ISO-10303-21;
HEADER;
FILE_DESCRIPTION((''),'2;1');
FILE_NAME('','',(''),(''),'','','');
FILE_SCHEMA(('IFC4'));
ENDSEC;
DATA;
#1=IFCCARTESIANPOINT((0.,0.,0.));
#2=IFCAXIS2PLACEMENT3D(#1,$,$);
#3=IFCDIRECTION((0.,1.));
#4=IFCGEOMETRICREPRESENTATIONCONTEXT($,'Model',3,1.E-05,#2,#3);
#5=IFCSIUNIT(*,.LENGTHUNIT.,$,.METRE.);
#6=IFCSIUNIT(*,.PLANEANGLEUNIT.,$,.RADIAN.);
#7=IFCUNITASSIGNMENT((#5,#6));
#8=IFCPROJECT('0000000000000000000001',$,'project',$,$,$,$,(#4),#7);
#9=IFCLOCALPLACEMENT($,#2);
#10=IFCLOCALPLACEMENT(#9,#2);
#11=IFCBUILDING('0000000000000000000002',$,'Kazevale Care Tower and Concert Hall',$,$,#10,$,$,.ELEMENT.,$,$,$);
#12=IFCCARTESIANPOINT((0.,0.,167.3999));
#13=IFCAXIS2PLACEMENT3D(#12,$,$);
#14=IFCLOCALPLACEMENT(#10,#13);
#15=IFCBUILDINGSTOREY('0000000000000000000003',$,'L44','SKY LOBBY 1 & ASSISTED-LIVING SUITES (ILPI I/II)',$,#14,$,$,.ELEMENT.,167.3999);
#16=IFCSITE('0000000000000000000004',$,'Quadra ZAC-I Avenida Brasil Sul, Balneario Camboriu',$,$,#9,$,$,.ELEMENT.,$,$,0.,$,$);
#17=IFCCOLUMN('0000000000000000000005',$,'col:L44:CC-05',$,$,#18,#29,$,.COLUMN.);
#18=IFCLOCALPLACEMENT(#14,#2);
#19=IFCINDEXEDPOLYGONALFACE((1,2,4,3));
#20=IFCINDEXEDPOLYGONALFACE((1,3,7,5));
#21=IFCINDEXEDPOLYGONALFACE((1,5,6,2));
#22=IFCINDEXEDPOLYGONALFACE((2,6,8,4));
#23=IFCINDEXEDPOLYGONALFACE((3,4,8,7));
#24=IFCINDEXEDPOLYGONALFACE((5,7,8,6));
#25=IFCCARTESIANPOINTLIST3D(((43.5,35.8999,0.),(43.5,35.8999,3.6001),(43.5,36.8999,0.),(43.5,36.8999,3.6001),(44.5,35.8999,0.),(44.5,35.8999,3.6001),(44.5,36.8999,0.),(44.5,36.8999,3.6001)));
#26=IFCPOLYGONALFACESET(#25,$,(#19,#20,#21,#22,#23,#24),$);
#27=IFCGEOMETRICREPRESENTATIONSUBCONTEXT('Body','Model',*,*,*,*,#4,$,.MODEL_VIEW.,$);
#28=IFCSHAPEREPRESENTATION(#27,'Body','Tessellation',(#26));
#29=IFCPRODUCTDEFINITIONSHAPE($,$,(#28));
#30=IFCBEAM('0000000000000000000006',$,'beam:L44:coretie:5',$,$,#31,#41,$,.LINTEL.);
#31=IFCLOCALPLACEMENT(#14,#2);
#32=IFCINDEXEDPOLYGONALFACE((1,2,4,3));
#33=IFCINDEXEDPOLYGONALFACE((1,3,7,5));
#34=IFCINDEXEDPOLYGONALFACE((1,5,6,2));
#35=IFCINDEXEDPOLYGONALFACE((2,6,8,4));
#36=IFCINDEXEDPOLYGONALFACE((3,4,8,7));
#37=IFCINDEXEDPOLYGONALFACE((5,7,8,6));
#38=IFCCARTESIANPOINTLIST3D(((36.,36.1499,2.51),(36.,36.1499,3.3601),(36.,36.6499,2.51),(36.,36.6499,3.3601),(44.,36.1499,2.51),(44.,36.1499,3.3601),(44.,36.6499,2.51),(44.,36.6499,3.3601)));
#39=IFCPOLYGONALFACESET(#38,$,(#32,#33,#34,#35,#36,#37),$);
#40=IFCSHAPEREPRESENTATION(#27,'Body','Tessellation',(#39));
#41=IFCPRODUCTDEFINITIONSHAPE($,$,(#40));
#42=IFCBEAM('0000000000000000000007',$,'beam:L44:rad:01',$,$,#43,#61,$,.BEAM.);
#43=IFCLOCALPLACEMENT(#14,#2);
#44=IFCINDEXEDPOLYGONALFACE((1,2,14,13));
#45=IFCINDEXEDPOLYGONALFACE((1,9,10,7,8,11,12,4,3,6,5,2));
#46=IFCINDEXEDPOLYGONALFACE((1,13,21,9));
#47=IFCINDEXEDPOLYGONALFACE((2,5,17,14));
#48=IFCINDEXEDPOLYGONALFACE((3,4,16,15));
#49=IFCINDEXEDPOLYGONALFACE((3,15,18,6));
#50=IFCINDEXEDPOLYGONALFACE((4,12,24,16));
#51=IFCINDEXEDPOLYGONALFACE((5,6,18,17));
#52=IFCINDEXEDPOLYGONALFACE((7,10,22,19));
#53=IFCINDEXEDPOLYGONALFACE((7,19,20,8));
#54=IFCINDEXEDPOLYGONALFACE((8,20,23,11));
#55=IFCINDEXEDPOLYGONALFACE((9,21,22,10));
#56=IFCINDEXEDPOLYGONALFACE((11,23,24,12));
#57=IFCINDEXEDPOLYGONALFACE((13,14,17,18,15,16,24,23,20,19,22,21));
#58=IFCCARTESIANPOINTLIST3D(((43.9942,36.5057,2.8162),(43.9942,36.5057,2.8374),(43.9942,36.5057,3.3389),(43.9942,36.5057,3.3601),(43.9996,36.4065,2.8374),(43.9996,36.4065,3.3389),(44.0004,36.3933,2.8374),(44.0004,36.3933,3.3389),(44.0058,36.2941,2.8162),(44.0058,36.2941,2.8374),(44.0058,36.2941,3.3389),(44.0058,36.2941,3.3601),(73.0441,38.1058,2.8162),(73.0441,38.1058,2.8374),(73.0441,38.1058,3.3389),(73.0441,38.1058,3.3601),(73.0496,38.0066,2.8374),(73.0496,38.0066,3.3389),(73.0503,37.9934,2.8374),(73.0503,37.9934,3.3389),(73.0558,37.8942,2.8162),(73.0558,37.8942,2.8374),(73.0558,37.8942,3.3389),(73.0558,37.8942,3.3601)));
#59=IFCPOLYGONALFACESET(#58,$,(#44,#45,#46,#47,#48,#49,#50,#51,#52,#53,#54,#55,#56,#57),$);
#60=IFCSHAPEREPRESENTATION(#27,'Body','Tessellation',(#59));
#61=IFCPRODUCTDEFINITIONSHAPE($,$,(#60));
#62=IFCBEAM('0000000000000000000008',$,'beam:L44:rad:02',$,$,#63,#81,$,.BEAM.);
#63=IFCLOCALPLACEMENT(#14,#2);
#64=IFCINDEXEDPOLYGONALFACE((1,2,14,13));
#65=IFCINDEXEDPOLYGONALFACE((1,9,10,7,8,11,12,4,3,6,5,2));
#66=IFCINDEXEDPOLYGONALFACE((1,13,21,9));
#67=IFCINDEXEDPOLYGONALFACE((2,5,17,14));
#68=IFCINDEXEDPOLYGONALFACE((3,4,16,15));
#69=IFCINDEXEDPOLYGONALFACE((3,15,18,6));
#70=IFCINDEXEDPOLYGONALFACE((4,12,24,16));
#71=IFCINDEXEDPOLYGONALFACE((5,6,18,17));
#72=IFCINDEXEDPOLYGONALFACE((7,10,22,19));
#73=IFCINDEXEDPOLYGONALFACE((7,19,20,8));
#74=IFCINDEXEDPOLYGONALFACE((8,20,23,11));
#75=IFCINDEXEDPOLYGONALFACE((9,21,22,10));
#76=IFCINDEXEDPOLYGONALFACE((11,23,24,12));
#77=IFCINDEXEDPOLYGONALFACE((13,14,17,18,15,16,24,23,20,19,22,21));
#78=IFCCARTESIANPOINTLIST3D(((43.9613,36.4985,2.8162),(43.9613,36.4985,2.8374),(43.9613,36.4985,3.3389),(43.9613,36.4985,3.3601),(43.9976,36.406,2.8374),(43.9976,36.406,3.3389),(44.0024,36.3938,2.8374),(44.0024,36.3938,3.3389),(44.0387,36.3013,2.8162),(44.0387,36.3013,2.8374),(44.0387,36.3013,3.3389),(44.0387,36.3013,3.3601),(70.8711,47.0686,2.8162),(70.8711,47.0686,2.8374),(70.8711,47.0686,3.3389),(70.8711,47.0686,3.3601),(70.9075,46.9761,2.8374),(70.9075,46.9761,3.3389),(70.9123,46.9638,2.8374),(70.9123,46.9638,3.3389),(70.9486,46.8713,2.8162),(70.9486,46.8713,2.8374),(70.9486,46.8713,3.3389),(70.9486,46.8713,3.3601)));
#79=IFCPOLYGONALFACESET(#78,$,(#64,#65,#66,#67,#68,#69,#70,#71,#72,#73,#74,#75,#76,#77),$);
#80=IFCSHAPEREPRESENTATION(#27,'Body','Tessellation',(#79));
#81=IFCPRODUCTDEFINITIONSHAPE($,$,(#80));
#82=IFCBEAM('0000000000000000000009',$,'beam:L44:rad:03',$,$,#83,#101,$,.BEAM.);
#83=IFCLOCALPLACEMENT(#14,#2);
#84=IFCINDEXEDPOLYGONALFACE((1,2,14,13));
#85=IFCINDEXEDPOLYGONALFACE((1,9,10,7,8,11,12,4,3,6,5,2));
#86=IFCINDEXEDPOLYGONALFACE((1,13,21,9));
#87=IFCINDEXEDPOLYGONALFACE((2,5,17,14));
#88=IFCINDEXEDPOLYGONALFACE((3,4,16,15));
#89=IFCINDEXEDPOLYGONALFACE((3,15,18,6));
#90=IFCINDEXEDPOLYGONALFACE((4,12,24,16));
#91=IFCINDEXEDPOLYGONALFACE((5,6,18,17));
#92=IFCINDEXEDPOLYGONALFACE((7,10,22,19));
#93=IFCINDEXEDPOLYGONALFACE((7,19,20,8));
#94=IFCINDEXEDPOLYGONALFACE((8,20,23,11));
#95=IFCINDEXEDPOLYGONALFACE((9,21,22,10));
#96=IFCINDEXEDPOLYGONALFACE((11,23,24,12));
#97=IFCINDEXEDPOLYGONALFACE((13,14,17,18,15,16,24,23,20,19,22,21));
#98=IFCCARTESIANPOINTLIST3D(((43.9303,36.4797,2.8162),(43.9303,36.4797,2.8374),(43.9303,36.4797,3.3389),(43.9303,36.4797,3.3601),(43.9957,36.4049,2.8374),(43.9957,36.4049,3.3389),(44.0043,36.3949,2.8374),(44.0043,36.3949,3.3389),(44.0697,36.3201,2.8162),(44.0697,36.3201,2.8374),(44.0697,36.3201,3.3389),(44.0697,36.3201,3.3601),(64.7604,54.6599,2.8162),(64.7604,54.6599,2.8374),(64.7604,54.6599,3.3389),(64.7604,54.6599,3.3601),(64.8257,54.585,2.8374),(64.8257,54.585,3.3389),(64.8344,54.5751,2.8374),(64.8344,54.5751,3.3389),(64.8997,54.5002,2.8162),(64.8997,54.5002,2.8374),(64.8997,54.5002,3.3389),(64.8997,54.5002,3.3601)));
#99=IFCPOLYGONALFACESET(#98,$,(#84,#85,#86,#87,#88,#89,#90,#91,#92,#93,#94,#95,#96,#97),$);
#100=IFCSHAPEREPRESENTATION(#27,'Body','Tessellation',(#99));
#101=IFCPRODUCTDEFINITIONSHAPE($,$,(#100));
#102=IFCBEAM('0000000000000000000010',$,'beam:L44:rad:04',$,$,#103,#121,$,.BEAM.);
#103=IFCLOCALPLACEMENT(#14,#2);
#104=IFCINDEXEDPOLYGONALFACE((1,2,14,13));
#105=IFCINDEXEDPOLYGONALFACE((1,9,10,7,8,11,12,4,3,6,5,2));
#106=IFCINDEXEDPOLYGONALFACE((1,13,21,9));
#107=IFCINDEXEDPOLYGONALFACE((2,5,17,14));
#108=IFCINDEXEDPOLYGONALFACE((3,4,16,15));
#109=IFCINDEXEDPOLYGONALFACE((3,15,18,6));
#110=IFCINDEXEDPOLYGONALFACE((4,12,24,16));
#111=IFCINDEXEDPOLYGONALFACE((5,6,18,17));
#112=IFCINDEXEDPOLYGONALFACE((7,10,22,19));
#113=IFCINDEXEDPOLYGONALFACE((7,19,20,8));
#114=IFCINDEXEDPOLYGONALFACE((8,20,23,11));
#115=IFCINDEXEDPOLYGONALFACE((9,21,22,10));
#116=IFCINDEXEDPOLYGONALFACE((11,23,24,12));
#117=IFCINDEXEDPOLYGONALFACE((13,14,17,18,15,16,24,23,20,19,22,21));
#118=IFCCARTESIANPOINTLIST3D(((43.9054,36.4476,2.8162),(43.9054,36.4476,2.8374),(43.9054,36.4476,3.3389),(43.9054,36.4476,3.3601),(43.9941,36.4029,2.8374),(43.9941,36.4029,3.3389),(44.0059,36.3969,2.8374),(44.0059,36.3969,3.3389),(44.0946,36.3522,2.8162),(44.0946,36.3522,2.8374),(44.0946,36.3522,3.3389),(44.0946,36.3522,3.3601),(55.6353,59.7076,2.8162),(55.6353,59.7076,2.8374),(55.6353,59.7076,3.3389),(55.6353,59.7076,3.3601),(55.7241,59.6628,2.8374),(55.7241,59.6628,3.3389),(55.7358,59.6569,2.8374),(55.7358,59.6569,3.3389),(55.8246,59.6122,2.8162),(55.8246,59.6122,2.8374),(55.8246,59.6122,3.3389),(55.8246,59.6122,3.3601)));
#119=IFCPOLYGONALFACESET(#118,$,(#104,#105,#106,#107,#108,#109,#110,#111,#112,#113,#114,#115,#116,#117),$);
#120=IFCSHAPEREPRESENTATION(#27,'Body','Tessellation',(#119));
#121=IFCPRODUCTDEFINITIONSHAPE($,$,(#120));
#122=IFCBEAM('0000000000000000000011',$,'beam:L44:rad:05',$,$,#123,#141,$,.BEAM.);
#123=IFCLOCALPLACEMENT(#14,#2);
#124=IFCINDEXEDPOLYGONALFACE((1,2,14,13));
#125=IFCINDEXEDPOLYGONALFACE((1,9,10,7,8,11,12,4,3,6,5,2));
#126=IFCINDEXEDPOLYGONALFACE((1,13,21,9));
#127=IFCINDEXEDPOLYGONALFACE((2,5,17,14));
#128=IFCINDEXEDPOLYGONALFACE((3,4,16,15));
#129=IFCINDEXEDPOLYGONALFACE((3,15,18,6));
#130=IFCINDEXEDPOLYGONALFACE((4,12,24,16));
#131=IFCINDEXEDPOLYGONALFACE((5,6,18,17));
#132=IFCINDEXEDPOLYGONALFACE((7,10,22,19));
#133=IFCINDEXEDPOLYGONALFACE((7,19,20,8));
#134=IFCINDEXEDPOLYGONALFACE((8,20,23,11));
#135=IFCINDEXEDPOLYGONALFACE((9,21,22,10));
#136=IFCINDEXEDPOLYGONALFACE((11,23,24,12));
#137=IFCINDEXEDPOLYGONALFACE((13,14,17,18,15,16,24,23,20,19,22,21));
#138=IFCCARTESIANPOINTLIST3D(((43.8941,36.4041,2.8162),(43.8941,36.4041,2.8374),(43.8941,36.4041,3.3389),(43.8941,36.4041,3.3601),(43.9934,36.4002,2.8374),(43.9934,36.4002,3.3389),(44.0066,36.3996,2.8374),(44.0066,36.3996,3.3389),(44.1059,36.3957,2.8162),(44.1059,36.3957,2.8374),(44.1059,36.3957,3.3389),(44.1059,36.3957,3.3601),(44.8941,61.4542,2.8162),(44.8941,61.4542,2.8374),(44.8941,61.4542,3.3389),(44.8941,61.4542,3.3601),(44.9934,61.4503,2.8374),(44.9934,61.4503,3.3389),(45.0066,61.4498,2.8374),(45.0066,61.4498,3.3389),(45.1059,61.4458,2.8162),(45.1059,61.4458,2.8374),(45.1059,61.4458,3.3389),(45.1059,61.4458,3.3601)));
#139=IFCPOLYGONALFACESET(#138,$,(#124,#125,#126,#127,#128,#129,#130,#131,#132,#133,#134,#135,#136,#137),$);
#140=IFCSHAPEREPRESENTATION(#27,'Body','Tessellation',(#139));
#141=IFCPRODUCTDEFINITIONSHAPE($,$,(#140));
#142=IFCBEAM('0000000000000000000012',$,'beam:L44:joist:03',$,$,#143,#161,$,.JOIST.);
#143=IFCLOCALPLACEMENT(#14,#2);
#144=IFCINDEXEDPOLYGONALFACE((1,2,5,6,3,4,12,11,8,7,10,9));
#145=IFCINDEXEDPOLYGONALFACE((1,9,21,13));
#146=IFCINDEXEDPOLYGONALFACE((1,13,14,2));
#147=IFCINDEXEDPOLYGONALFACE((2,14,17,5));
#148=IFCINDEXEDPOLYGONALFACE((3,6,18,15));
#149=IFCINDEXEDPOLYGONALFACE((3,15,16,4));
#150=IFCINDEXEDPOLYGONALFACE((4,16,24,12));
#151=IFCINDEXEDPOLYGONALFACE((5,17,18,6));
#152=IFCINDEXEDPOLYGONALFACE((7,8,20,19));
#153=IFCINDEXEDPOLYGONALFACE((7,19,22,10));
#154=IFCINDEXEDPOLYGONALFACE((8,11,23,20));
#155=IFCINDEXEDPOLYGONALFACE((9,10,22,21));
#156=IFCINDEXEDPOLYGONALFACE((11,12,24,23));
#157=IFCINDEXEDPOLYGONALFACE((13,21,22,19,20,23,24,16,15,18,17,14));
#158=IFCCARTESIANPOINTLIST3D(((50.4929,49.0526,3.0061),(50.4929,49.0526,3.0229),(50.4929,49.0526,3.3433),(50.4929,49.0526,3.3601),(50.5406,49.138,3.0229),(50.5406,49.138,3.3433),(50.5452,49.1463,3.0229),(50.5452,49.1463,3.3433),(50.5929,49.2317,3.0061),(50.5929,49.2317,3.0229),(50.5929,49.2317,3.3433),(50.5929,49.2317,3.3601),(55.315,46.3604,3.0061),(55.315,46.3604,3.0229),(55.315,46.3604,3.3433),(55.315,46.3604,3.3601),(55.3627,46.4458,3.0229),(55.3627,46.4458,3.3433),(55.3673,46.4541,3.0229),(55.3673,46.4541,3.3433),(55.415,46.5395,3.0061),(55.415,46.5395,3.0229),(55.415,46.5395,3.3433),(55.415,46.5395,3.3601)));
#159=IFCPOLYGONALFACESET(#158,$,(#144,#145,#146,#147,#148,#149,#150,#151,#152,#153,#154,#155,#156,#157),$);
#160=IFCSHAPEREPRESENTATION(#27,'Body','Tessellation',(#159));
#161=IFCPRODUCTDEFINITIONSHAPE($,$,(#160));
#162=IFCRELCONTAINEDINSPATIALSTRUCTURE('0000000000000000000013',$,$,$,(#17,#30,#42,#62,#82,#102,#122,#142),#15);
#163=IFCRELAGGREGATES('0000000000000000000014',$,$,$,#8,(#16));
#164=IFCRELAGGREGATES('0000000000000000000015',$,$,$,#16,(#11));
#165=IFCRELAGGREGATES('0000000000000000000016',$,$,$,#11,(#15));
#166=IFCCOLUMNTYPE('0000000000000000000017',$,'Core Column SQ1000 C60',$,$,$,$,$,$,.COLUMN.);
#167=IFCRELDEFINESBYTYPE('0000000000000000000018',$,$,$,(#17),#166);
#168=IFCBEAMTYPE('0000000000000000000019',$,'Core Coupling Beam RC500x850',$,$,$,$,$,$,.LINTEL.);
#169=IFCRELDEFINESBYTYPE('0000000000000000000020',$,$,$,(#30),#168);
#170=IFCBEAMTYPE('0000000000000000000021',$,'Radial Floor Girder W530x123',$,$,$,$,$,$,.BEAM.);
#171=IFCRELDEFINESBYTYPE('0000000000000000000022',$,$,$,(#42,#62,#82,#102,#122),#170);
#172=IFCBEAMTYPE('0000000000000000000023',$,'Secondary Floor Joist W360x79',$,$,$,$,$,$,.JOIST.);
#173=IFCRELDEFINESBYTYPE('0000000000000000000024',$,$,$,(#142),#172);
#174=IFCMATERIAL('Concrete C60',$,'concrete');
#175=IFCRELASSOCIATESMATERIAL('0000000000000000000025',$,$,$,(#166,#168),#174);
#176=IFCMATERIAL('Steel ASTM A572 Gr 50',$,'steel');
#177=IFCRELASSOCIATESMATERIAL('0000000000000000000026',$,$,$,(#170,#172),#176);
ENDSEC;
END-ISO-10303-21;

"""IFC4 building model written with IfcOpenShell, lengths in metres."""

from ifc_helpers import new_model, si_unit, direction, frame, origin, origin_2d, place, context, subcontext, project, spatial, rectangle, i_section, extrude, material, material_profile, profile_set, type_object, element, save


model = new_model("IFC4")

# Units and contexts
model_context = context("Model", 3, precision=1e-05, world=origin(), true_north=direction((0.0, 1.0)))
body_context = subcontext(model_context, "Body", "Model", "MODEL_VIEW")
ifc_project = project(units=[si_unit("LENGTHUNIT", "METRE"), si_unit("PLANEANGLEUNIT", "RADIAN")], contexts=[model_context])

# Site, building, storey
site_placement = place(None, origin())
site = spatial("IfcSite", under=ifc_project, at=site_placement, Name="Quadra ZAC-I Avenida Brasil Sul, Balneario Camboriu", CompositionType="ELEMENT", RefElevation=0.0)
building_placement = place(site_placement, origin())
building = spatial("IfcBuilding", under=site, at=building_placement, Name="Kazevale Care Tower and Concert Hall", CompositionType="ELEMENT")
storey_placement = place(building_placement, frame((0.0, 0.0, 167.3999)))
storey = spatial("IfcBuildingStorey", under=building, at=storey_placement, Name="L44", Description="SKY LOBBY 1 & ASSISTED-LIVING SUITES (ILPI I/II)", CompositionType="ELEMENT", Elevation=167.3999)

# Column
ifc_material_1 = material(Name="Concrete C60", Category="concrete")
ifc_material_profile_1 = material_profile(ifc_material_1, rectangle(XDim=1.0, YDim=1.0, at=origin_2d()), Name="RC-SQ1000")
ifc_profile_set_1 = profile_set([ifc_material_profile_1], Name="Concrete C60")
column_type = type_object("IfcColumnType", Name="Core Column SQ1000 C60", PredefinedType="COLUMN", material=ifc_profile_set_1)
column_placement = place(storey_placement, frame((44.0, 36.3999, 0.0), z_axis=(0.0, 0.0, 1.0), x_axis=(1.0, 0.0, 0.0)))
element("IfcColumn", 1, at=column_placement, inside=storey, type_object=column_type, Name="col:L44:CC-05", PredefinedType="COLUMN", context=body_context, shape_type="SweptSolid", body=[
    extrude(rectangle(XDim=1.0, YDim=1.0, at=origin_2d()), origin(), (0.0, 0.0, 1.0), 3.6001),
])

# Beams
ifc_material_profile_2 = material_profile(ifc_material_1, rectangle(XDim=0.5, YDim=0.8501, at=origin_2d()), Name="RC-B500x850")
ifc_profile_set_2 = profile_set([ifc_material_profile_2], Name="Concrete C60")
beam_type_1 = type_object("IfcBeamType", Name="Core Coupling Beam RC500x850", PredefinedType="LINTEL", material=ifc_profile_set_2)
beam_1_placement = place(storey_placement, frame((44.0, 36.3999, 2.9351), z_axis=(-1.0, 0.0, 0.0), x_axis=(0.0, -1.0, 0.0)))
element("IfcBeam", 2, at=beam_1_placement, inside=storey, type_object=beam_type_1, Name="beam:L44:coretie:5", PredefinedType="LINTEL", context=body_context, shape_type="SweptSolid", body=[
    extrude(rectangle(XDim=0.5, YDim=0.8501, at=origin_2d()), origin(), (0.0, 0.0, 1.0), 8.0),
])
ifc_material_2 = material(Name="Steel ASTM A572 Gr 50", Category="steel")
ifc_material_profile_3 = material_profile(ifc_material_2, i_section(OverallWidth=0.2119, OverallDepth=0.5439, WebThickness=0.0132, FlangeThickness=0.0212, at=origin_2d()), Name="W530x123")
ifc_profile_set_3 = profile_set([ifc_material_profile_3], Name="Steel ASTM A572 Gr 50")
beam_type_2 = type_object("IfcBeamType", Name="Radial Floor Girder W530x123", PredefinedType="BEAM", material=ifc_profile_set_3)
beam_2_placement = place(storey_placement, frame((44.0, 36.3999, 3.0881), z_axis=(0.998487, 0.054997, 0.0), x_axis=(-0.054997, 0.998487, 0.0)))
element("IfcBeam", 3, at=beam_2_placement, inside=storey, type_object=beam_type_2, Name="beam:L44:rad:01", PredefinedType="BEAM", context=body_context, shape_type="SweptSolid", body=[
    extrude(i_section(OverallWidth=0.2119, OverallDepth=0.5439, WebThickness=0.0132, FlangeThickness=0.0212, at=origin_2d()), origin(), (0.0, 0.0, 1.0), 29.094),
])
beam_3_placement = place(storey_placement, frame((44.0, 36.3999, 3.0881), z_axis=(0.930771, 0.365602, 0.0), x_axis=(-0.365602, 0.930771, 0.0)))
element("IfcBeam", 4, at=beam_3_placement, inside=storey, type_object=beam_type_2, Name="beam:L44:rad:02", PredefinedType="BEAM", context=body_context, shape_type="SweptSolid", body=[
    extrude(i_section(OverallWidth=0.2119, OverallDepth=0.5439, WebThickness=0.0132, FlangeThickness=0.0212, at=origin_2d()), origin(), (0.0, 0.0, 1.0), 28.9114),
])
beam_4_placement = place(storey_placement, frame((44.0, 36.3999, 3.0881), z_axis=(0.753403, 0.657559, 0.0), x_axis=(-0.657559, 0.753403, 0.0)))
element("IfcBeam", 5, at=beam_4_placement, inside=storey, type_object=beam_type_2, Name="beam:L44:rad:03", PredefinedType="BEAM", context=body_context, shape_type="SweptSolid", body=[
    extrude(i_section(OverallWidth=0.2119, OverallDepth=0.5439, WebThickness=0.0132, FlangeThickness=0.0212, at=origin_2d()), origin(), (0.0, 0.0, 1.0), 27.6479),
])
beam_5_placement = place(storey_placement, frame((44.0, 36.3999, 3.0881), z_axis=(0.450281, 0.892887, 0.0), x_axis=(-0.892887, 0.450281, 0.0)))
element("IfcBeam", 6, at=beam_5_placement, inside=storey, type_object=beam_type_2, Name="beam:L44:rad:04", PredefinedType="BEAM", context=body_context, shape_type="SweptSolid", body=[
    extrude(i_section(OverallWidth=0.2119, OverallDepth=0.5439, WebThickness=0.0132, FlangeThickness=0.0212, at=origin_2d()), origin(), (0.0, 0.0, 1.0), 26.0503),
])
beam_6_placement = place(storey_placement, frame((44.0, 36.3999, 3.0881), z_axis=(0.039888, 0.999204, 0.0), x_axis=(-0.999204, 0.039888, 0.0)))
element("IfcBeam", 7, at=beam_6_placement, inside=storey, type_object=beam_type_2, Name="beam:L44:rad:05", PredefinedType="BEAM", context=body_context, shape_type="SweptSolid", body=[
    extrude(i_section(OverallWidth=0.2119, OverallDepth=0.5439, WebThickness=0.0132, FlangeThickness=0.0212, at=origin_2d()), origin(), (0.0, 0.0, 1.0), 25.0701),
])
ifc_material_profile_4 = material_profile(ifc_material_2, i_section(OverallWidth=0.2051, OverallDepth=0.354, WebThickness=0.0095, FlangeThickness=0.0168, at=origin_2d()), Name="W360x79")
ifc_profile_set_4 = profile_set([ifc_material_profile_4], Name="Steel ASTM A572 Gr 50")
beam_type_3 = type_object("IfcBeamType", Name="Secondary Floor Joist W360x79", PredefinedType="JOIST", material=ifc_profile_set_4)
beam_7_placement = place(storey_placement, frame((55.365, 46.45, 3.1831), z_axis=(-0.873138, 0.487474, 0.0), x_axis=(-0.487474, -0.873138, 0.0)))
element("IfcBeam", 8, at=beam_7_placement, inside=storey, type_object=beam_type_3, Name="beam:L44:joist:03", PredefinedType="JOIST", context=body_context, shape_type="SweptSolid", body=[
    extrude(i_section(OverallWidth=0.2051, OverallDepth=0.354, WebThickness=0.0095, FlangeThickness=0.0168, at=origin_2d()), origin(), (0.0, 0.0, 1.0), 5.5227),
])

save(model, "model.ifc")
